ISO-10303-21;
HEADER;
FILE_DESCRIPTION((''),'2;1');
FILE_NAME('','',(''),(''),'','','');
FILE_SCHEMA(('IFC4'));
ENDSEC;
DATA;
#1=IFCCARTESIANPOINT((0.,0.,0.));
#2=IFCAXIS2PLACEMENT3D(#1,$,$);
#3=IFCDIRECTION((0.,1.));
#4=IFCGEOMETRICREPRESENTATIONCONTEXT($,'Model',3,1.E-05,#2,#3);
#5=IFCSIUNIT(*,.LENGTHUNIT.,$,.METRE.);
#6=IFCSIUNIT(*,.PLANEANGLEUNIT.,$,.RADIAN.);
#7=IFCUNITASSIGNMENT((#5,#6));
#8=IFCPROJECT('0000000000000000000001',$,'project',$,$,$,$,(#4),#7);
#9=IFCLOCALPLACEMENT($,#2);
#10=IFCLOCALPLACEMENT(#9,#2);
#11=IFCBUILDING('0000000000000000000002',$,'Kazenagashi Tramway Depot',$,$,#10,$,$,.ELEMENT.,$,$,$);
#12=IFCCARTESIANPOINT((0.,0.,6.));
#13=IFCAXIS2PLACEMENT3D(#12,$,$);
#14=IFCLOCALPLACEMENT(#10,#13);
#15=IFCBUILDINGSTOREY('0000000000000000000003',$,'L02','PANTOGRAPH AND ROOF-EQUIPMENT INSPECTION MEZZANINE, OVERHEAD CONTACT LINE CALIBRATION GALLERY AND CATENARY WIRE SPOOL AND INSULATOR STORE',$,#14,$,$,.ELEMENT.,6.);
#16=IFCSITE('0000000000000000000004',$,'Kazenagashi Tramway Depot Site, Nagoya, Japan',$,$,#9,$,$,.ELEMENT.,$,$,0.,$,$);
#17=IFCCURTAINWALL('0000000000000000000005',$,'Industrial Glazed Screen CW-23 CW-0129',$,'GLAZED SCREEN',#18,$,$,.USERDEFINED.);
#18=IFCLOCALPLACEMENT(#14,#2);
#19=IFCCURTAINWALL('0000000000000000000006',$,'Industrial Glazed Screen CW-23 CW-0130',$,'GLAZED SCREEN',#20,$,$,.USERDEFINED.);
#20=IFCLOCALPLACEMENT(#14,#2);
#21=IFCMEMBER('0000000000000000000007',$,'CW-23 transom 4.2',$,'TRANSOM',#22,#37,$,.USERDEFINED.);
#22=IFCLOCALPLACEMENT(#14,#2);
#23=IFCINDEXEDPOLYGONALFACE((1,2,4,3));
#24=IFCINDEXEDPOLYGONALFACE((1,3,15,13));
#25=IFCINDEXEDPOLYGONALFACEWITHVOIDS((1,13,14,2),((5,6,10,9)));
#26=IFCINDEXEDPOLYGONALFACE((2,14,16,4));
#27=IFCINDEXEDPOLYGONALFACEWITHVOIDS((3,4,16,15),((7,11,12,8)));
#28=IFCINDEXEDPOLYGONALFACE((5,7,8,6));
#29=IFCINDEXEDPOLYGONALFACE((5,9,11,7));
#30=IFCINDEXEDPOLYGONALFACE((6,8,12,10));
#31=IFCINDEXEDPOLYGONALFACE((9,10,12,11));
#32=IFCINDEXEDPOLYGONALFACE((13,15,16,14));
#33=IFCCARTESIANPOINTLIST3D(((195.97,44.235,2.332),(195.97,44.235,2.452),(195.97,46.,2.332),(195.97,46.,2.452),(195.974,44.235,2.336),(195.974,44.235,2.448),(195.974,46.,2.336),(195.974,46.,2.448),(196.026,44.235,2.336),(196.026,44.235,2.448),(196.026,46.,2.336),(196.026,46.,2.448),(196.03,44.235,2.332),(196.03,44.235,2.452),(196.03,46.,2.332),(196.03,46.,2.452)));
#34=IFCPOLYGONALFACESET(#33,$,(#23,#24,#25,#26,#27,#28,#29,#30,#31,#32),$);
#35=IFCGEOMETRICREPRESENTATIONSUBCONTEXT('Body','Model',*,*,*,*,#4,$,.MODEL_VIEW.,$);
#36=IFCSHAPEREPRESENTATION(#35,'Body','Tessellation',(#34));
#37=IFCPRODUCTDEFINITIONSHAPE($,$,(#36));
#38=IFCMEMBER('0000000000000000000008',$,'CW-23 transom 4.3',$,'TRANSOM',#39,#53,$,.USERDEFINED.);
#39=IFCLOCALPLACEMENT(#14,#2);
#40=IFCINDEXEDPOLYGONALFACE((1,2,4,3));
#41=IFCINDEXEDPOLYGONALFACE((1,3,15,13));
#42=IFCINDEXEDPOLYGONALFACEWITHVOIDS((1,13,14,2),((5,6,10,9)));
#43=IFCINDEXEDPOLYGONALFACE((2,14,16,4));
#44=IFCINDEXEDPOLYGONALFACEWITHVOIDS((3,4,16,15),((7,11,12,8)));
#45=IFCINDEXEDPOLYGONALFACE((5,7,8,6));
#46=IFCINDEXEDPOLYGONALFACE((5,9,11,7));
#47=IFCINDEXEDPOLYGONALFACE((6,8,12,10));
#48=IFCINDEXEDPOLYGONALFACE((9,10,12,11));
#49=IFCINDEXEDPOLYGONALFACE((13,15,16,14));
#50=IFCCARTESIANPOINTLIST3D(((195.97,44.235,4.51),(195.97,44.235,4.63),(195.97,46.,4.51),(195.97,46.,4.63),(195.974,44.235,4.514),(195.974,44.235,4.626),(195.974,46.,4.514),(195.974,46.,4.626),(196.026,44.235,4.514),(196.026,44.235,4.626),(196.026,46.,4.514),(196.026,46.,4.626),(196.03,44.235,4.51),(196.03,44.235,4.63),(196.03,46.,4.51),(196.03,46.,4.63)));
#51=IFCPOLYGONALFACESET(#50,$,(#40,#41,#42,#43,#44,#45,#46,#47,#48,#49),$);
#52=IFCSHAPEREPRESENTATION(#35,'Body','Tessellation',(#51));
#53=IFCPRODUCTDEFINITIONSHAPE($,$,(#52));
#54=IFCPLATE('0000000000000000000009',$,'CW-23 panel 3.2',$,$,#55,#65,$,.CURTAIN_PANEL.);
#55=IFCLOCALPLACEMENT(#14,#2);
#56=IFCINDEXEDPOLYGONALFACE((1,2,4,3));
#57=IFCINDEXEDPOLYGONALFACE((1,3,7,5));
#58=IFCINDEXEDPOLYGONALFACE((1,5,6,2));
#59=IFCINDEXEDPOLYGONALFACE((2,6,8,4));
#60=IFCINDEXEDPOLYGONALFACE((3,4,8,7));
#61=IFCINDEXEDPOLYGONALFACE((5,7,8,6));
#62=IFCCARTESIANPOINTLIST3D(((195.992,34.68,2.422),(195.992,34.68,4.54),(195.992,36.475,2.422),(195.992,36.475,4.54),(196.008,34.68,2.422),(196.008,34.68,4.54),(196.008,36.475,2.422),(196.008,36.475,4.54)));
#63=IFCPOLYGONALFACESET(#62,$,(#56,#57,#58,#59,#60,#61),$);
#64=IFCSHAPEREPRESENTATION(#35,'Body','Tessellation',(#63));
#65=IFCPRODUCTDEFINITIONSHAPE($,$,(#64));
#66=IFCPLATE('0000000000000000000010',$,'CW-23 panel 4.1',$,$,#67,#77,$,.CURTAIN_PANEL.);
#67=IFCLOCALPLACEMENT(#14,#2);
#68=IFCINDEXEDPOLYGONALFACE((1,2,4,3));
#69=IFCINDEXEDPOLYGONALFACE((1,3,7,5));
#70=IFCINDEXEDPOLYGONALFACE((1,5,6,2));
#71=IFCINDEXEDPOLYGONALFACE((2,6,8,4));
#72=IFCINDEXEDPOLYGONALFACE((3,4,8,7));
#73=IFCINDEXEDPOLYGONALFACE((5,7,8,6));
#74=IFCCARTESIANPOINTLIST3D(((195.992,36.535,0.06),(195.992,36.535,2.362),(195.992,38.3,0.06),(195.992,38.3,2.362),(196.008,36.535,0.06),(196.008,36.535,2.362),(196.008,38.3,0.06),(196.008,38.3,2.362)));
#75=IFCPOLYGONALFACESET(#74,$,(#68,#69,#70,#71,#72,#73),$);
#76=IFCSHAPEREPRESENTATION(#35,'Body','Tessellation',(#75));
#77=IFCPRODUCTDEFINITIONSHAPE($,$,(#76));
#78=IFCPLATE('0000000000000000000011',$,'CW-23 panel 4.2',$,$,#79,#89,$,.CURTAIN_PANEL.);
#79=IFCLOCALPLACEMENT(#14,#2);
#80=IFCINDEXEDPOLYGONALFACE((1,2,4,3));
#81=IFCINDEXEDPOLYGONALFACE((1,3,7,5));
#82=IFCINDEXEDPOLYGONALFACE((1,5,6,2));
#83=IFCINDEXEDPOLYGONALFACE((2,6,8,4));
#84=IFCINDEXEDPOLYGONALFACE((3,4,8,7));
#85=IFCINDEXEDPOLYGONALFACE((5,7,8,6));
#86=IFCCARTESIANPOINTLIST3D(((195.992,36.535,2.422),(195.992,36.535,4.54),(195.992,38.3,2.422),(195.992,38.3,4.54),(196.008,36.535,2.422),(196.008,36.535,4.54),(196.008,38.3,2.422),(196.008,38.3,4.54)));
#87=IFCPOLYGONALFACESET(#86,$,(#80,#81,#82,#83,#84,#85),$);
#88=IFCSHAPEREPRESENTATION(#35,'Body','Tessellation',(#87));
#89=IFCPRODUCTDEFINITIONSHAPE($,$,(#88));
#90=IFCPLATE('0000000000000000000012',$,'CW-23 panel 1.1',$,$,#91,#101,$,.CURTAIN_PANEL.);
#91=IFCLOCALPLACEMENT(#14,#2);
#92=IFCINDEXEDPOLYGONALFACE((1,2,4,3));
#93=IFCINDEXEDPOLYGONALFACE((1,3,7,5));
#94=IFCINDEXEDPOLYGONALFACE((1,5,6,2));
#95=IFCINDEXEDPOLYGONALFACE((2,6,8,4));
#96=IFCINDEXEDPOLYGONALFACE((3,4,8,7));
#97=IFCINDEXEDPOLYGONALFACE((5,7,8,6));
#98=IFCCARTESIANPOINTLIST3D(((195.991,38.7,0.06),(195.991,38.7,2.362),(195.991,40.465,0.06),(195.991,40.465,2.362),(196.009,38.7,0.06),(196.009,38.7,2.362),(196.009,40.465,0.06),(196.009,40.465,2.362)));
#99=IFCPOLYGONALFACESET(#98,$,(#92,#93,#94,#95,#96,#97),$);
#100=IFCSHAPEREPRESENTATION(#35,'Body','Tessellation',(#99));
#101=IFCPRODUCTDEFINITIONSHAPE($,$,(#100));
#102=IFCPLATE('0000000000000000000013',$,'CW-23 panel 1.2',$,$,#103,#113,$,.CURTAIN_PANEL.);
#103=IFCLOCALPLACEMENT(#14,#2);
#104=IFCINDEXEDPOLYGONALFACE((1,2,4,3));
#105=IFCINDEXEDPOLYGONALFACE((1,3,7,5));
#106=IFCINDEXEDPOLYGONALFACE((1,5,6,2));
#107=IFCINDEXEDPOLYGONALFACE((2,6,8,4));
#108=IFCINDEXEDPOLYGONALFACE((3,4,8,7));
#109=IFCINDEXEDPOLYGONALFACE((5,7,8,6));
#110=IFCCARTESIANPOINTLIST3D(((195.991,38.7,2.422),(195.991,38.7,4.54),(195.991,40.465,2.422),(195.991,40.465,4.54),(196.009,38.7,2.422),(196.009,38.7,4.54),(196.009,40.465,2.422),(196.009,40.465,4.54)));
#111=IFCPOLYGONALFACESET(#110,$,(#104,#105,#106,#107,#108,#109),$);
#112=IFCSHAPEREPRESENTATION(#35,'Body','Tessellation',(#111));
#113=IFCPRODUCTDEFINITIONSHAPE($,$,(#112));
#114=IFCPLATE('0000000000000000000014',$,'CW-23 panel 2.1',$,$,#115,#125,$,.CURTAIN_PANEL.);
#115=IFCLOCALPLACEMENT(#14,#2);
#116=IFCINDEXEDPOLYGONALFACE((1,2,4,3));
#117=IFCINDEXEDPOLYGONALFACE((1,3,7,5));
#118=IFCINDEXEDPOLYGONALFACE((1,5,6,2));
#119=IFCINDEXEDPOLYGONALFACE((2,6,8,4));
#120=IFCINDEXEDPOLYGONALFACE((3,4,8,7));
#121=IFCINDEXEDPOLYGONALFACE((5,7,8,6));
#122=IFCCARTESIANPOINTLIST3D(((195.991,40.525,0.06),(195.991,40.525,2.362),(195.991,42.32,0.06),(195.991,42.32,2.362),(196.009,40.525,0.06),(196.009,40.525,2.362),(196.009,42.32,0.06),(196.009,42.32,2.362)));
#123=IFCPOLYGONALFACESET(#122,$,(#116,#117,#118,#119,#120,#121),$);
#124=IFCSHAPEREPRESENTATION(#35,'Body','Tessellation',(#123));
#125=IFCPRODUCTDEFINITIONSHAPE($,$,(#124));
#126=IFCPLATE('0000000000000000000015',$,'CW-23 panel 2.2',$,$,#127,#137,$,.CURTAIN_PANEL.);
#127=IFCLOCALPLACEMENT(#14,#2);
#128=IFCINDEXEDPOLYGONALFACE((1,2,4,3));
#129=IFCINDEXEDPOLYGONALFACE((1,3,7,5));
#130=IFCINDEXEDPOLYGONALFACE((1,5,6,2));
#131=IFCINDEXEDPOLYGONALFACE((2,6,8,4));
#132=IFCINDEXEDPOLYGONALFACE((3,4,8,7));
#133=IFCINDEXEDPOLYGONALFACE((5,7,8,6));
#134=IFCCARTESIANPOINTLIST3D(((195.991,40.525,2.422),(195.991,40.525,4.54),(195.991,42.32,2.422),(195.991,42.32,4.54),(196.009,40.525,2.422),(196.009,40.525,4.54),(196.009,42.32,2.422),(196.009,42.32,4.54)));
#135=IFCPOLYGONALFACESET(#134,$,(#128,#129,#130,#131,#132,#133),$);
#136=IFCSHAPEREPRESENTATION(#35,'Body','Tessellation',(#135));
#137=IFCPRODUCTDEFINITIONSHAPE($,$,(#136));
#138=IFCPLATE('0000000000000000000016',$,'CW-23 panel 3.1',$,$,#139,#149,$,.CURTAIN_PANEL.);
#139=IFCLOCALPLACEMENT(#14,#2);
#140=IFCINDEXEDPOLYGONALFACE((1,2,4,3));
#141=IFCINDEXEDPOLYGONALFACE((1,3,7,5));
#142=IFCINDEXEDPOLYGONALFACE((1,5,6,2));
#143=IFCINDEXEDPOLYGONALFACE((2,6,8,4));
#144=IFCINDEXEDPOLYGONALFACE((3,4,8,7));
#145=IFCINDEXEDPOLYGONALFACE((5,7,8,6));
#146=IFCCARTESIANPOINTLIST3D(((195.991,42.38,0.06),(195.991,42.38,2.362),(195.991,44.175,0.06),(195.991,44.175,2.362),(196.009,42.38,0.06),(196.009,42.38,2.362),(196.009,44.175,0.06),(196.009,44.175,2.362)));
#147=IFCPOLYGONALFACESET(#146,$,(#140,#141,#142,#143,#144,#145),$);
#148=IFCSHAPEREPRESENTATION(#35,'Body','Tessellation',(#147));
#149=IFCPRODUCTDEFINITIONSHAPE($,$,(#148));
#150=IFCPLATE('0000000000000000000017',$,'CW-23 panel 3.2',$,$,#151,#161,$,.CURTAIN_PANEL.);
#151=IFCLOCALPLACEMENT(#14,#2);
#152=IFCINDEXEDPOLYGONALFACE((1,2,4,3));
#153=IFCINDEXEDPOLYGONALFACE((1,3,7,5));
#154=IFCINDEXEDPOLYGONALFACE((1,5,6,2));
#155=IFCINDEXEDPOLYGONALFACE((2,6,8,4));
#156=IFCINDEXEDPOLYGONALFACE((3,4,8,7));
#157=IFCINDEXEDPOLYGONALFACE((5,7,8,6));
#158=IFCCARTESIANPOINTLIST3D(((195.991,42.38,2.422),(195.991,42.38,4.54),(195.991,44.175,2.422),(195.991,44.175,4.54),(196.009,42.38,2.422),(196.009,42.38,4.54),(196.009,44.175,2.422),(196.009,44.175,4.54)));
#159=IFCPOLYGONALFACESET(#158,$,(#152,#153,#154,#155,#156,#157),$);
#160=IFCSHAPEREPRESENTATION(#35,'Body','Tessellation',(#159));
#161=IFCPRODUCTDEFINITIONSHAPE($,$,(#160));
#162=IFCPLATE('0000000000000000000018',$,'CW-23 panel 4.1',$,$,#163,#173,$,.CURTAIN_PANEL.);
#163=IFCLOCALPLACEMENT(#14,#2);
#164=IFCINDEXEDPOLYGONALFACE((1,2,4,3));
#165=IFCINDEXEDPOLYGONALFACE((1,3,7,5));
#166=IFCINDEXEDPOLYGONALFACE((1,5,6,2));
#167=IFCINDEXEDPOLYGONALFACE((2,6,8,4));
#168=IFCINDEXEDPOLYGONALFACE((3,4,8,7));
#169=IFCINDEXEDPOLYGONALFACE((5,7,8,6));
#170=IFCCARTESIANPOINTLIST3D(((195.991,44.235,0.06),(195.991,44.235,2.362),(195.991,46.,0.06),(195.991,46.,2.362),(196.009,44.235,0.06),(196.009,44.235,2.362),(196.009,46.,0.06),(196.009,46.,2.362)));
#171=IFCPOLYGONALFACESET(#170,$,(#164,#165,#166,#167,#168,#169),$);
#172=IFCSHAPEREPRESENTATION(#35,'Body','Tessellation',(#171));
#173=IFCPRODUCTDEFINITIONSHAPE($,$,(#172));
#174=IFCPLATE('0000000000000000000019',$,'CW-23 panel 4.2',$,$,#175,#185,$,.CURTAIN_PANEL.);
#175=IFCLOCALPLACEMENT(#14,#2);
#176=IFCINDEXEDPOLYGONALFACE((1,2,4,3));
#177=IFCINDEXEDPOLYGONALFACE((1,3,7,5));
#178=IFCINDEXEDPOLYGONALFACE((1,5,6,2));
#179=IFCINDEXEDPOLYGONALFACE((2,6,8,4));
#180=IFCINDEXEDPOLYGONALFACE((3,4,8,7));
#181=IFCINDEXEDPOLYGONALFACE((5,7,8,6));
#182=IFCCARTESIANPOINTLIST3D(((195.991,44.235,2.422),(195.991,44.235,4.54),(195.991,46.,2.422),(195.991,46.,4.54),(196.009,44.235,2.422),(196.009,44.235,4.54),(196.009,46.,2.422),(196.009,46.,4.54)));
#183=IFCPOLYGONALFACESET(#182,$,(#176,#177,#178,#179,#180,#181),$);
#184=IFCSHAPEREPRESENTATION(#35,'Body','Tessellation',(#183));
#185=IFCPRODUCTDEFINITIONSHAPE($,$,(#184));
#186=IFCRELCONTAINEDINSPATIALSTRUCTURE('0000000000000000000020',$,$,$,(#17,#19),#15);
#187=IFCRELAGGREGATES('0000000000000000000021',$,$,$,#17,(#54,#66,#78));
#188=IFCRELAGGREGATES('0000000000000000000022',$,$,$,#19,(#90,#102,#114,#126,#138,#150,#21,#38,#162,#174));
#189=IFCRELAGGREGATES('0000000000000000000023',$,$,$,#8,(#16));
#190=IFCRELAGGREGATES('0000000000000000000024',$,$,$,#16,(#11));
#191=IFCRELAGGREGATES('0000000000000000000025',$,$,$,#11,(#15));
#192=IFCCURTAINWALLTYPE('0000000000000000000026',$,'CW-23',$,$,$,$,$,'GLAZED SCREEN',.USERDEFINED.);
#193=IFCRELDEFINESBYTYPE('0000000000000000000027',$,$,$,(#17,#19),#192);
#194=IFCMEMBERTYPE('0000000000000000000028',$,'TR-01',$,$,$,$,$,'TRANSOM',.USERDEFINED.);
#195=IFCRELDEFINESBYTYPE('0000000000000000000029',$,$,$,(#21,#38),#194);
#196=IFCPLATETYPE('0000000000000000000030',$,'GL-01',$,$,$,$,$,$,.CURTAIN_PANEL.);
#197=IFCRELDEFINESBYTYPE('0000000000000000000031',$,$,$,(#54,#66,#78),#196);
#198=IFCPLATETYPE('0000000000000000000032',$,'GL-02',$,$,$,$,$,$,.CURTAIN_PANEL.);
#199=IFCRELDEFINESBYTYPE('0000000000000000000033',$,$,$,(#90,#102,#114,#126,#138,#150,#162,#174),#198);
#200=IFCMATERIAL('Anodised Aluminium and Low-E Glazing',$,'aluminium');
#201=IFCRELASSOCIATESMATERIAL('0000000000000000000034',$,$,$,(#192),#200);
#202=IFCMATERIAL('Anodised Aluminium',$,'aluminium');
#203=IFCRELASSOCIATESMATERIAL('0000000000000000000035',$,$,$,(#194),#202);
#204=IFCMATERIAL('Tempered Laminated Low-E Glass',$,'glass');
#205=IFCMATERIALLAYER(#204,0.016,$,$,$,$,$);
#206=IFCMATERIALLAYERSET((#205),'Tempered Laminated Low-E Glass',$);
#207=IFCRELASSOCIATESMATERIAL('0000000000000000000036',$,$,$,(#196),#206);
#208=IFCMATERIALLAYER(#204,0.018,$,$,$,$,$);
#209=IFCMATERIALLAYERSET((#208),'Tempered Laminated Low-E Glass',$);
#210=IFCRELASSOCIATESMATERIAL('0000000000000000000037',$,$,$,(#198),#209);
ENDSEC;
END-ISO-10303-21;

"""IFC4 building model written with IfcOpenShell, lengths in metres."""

from ifc_helpers import new_model, si_unit, direction, frame, origin, origin_2d, place, context, subcontext, project, spatial, rectangle, hollow_rectangle, extrude, material, layer, layer_set, material_profile, profile_set, type_object, element, aggregate, save


model = new_model("IFC4")

# Units and contexts
model_context = context("Model", 3, precision=1e-05, world=origin(), true_north=direction((0.0, 1.0)))
body_context = subcontext(model_context, "Body", "Model", "MODEL_VIEW")
ifc_project = project(units=[si_unit("LENGTHUNIT", "METRE"), si_unit("PLANEANGLEUNIT", "RADIAN")], contexts=[model_context])

# Site, building, storey
site_placement = place(None, origin())
site = spatial("IfcSite", under=ifc_project, at=site_placement, Name="Kazenagashi Tramway Depot Site, Nagoya, Japan", CompositionType="ELEMENT", RefElevation=0.0)
building_placement = place(site_placement, origin())
building = spatial("IfcBuilding", under=site, at=building_placement, Name="Kazenagashi Tramway Depot", CompositionType="ELEMENT")
storey_placement = place(building_placement, frame((0.0, 0.0, 6.0)))
storey = spatial("IfcBuildingStorey", under=building, at=storey_placement, Name="L02", Description="PANTOGRAPH AND ROOF-EQUIPMENT INSPECTION MEZZANINE, OVERHEAD CONTACT LINE CALIBRATION GALLERY AND CATENARY WIRE SPOOL AND INSULATOR STORE", CompositionType="ELEMENT", Elevation=6.0)

# Curtain walls
ifc_material_1 = material(Name="Anodised Aluminium and Low-E Glazing", Category="aluminium")
curtain_wall_type = type_object("IfcCurtainWallType", Name="CW-23", ElementType="GLAZED SCREEN", PredefinedType="USERDEFINED", material=ifc_material_1)
curtain_wall_1_placement = place(storey_placement, origin())
curtain_wall_1 = element("IfcCurtainWall", 1, at=curtain_wall_1_placement, inside=storey, type_object=curtain_wall_type, Name="Industrial Glazed Screen CW-23 CW-0129", ObjectType="GLAZED SCREEN", PredefinedType="USERDEFINED")
ifc_material_2 = material(Name="Anodised Aluminium", Category="aluminium")
curtain_wall_2_placement = place(storey_placement, origin())
curtain_wall_2 = element("IfcCurtainWall", 2, at=curtain_wall_2_placement, inside=storey, type_object=curtain_wall_type, Name="Industrial Glazed Screen CW-23 CW-0130", ObjectType="GLAZED SCREEN", PredefinedType="USERDEFINED")

# Members
ifc_material_profile_1 = material_profile(ifc_material_2, hollow_rectangle(XDim=0.06, YDim=0.12, WallThickness=0.004, at=origin_2d()), Name="RHS-120x60x4")
ifc_profile_set_1 = profile_set([ifc_material_profile_1], Name="Anodised Aluminium")
member_type_1 = type_object("IfcMemberType", Name="TR-01", ElementType="TRANSOM", PredefinedType="USERDEFINED", material=ifc_profile_set_1)
member_1_placement = place(storey_placement, frame((196.0, 44.235, 2.392), z_axis=(0.0, 1.0, 0.0), x_axis=(-1.0, 0.0, 0.0)))
member_1 = element("IfcMember", 3, at=member_1_placement, type_object=member_type_1, Name="CW-23 transom 4.2", ObjectType="TRANSOM", PredefinedType="USERDEFINED", context=body_context, shape_type="SweptSolid", body=[
    extrude(hollow_rectangle(XDim=0.06, YDim=0.12, WallThickness=0.004, at=origin_2d()), origin(), (0.0, 0.0, 1.0), 1.765),
])
member_2_placement = place(storey_placement, frame((196.0, 44.235, 4.57), z_axis=(0.0, 1.0, 0.0), x_axis=(-1.0, 0.0, 0.0)))
member_2 = element("IfcMember", 4, at=member_2_placement, type_object=member_type_1, Name="CW-23 transom 4.3", ObjectType="TRANSOM", PredefinedType="USERDEFINED", context=body_context, shape_type="SweptSolid", body=[
    extrude(hollow_rectangle(XDim=0.06, YDim=0.12, WallThickness=0.004, at=origin_2d()), origin(), (0.0, 0.0, 1.0), 1.765),
])

# Plates
ifc_material_3 = material(Name="Tempered Laminated Low-E Glass", Category="glass")
ifc_layer_1 = layer(ifc_material_3, 0.016)
ifc_layer_set_1 = layer_set([ifc_layer_1], Name="Tempered Laminated Low-E Glass")
plate_type_1 = type_object("IfcPlateType", Name="GL-01", PredefinedType="CURTAIN_PANEL", material=ifc_layer_set_1)
plate_1_placement = place(storey_placement, frame((196.0, 35.5775, 2.422), z_axis=(0.0, 0.0, 1.0), x_axis=(0.0, 1.0, 0.0)))
plate_1 = element("IfcPlate", 5, at=plate_1_placement, type_object=plate_type_1, Name="CW-23 panel 3.2", PredefinedType="CURTAIN_PANEL", context=body_context, shape_type="SweptSolid", body=[
    extrude(rectangle(XDim=1.795, YDim=0.016, at=origin_2d()), origin(), (0.0, 0.0, 1.0), 2.118),
])
plate_2_placement = place(storey_placement, frame((196.0, 37.4175, 0.06), z_axis=(0.0, 0.0, 1.0), x_axis=(0.0, 1.0, 0.0)))
plate_2 = element("IfcPlate", 6, at=plate_2_placement, type_object=plate_type_1, Name="CW-23 panel 4.1", PredefinedType="CURTAIN_PANEL", context=body_context, shape_type="SweptSolid", body=[
    extrude(rectangle(XDim=1.765, YDim=0.016, at=origin_2d()), origin(), (0.0, 0.0, 1.0), 2.302),
])
plate_3_placement = place(storey_placement, frame((196.0, 37.4175, 2.422), z_axis=(0.0, 0.0, 1.0), x_axis=(0.0, 1.0, 0.0)))
plate_3 = element("IfcPlate", 7, at=plate_3_placement, type_object=plate_type_1, Name="CW-23 panel 4.2", PredefinedType="CURTAIN_PANEL", context=body_context, shape_type="SweptSolid", body=[
    extrude(rectangle(XDim=1.765, YDim=0.016, at=origin_2d()), origin(), (0.0, 0.0, 1.0), 2.118),
])
aggregate(curtain_wall_1, [plate_1, plate_2, plate_3])
ifc_layer_2 = layer(ifc_material_3, 0.018)
ifc_layer_set_2 = layer_set([ifc_layer_2], Name="Tempered Laminated Low-E Glass")
plate_type_2 = type_object("IfcPlateType", Name="GL-02", PredefinedType="CURTAIN_PANEL", material=ifc_layer_set_2)
plate_4_placement = place(storey_placement, frame((196.0, 39.5825, 0.06), z_axis=(0.0, 0.0, 1.0), x_axis=(0.0, 1.0, 0.0)))
plate_4 = element("IfcPlate", 8, at=plate_4_placement, type_object=plate_type_2, Name="CW-23 panel 1.1", PredefinedType="CURTAIN_PANEL", context=body_context, shape_type="SweptSolid", body=[
    extrude(rectangle(XDim=1.765, YDim=0.018, at=origin_2d()), origin(), (0.0, 0.0, 1.0), 2.302),
])
plate_5_placement = place(storey_placement, frame((196.0, 39.5825, 2.422), z_axis=(0.0, 0.0, 1.0), x_axis=(0.0, 1.0, 0.0)))
plate_5 = element("IfcPlate", 9, at=plate_5_placement, type_object=plate_type_2, Name="CW-23 panel 1.2", PredefinedType="CURTAIN_PANEL", context=body_context, shape_type="SweptSolid", body=[
    extrude(rectangle(XDim=1.765, YDim=0.018, at=origin_2d()), origin(), (0.0, 0.0, 1.0), 2.118),
])
plate_6_placement = place(storey_placement, frame((196.0, 41.4225, 0.06), z_axis=(0.0, 0.0, 1.0), x_axis=(0.0, 1.0, 0.0)))
plate_6 = element("IfcPlate", 10, at=plate_6_placement, type_object=plate_type_2, Name="CW-23 panel 2.1", PredefinedType="CURTAIN_PANEL", context=body_context, shape_type="SweptSolid", body=[
    extrude(rectangle(XDim=1.795, YDim=0.018, at=origin_2d()), origin(), (0.0, 0.0, 1.0), 2.302),
])
plate_7_placement = place(storey_placement, frame((196.0, 41.4225, 2.422), z_axis=(0.0, 0.0, 1.0), x_axis=(0.0, 1.0, 0.0)))
plate_7 = element("IfcPlate", 11, at=plate_7_placement, type_object=plate_type_2, Name="CW-23 panel 2.2", PredefinedType="CURTAIN_PANEL", context=body_context, shape_type="SweptSolid", body=[
    extrude(rectangle(XDim=1.795, YDim=0.018, at=origin_2d()), origin(), (0.0, 0.0, 1.0), 2.118),
])
plate_8_placement = place(storey_placement, frame((196.0, 43.2775, 0.06), z_axis=(0.0, 0.0, 1.0), x_axis=(0.0, 1.0, 0.0)))
plate_8 = element("IfcPlate", 12, at=plate_8_placement, type_object=plate_type_2, Name="CW-23 panel 3.1", PredefinedType="CURTAIN_PANEL", context=body_context, shape_type="SweptSolid", body=[
    extrude(rectangle(XDim=1.795, YDim=0.018, at=origin_2d()), origin(), (0.0, 0.0, 1.0), 2.302),
])
plate_9_placement = place(storey_placement, frame((196.0, 43.2775, 2.422), z_axis=(0.0, 0.0, 1.0), x_axis=(0.0, 1.0, 0.0)))
plate_9 = element("IfcPlate", 13, at=plate_9_placement, type_object=plate_type_2, Name="CW-23 panel 3.2", PredefinedType="CURTAIN_PANEL", context=body_context, shape_type="SweptSolid", body=[
    extrude(rectangle(XDim=1.795, YDim=0.018, at=origin_2d()), origin(), (0.0, 0.0, 1.0), 2.118),
])
plate_10_placement = place(storey_placement, frame((196.0, 45.1175, 0.06), z_axis=(0.0, 0.0, 1.0), x_axis=(0.0, 1.0, 0.0)))
plate_10 = element("IfcPlate", 14, at=plate_10_placement, type_object=plate_type_2, Name="CW-23 panel 4.1", PredefinedType="CURTAIN_PANEL", context=body_context, shape_type="SweptSolid", body=[
    extrude(rectangle(XDim=1.765, YDim=0.018, at=origin_2d()), origin(), (0.0, 0.0, 1.0), 2.302),
])
plate_11_placement = place(storey_placement, frame((196.0, 45.1175, 2.422), z_axis=(0.0, 0.0, 1.0), x_axis=(0.0, 1.0, 0.0)))
plate_11 = element("IfcPlate", 15, at=plate_11_placement, type_object=plate_type_2, Name="CW-23 panel 4.2", PredefinedType="CURTAIN_PANEL", context=body_context, shape_type="SweptSolid", body=[
    extrude(rectangle(XDim=1.765, YDim=0.018, at=origin_2d()), origin(), (0.0, 0.0, 1.0), 2.118),
])
aggregate(curtain_wall_2, [plate_4, plate_5, plate_6, plate_7, plate_8, plate_9, member_1, member_2, plate_10, plate_11])

save(model, "model.ifc")
